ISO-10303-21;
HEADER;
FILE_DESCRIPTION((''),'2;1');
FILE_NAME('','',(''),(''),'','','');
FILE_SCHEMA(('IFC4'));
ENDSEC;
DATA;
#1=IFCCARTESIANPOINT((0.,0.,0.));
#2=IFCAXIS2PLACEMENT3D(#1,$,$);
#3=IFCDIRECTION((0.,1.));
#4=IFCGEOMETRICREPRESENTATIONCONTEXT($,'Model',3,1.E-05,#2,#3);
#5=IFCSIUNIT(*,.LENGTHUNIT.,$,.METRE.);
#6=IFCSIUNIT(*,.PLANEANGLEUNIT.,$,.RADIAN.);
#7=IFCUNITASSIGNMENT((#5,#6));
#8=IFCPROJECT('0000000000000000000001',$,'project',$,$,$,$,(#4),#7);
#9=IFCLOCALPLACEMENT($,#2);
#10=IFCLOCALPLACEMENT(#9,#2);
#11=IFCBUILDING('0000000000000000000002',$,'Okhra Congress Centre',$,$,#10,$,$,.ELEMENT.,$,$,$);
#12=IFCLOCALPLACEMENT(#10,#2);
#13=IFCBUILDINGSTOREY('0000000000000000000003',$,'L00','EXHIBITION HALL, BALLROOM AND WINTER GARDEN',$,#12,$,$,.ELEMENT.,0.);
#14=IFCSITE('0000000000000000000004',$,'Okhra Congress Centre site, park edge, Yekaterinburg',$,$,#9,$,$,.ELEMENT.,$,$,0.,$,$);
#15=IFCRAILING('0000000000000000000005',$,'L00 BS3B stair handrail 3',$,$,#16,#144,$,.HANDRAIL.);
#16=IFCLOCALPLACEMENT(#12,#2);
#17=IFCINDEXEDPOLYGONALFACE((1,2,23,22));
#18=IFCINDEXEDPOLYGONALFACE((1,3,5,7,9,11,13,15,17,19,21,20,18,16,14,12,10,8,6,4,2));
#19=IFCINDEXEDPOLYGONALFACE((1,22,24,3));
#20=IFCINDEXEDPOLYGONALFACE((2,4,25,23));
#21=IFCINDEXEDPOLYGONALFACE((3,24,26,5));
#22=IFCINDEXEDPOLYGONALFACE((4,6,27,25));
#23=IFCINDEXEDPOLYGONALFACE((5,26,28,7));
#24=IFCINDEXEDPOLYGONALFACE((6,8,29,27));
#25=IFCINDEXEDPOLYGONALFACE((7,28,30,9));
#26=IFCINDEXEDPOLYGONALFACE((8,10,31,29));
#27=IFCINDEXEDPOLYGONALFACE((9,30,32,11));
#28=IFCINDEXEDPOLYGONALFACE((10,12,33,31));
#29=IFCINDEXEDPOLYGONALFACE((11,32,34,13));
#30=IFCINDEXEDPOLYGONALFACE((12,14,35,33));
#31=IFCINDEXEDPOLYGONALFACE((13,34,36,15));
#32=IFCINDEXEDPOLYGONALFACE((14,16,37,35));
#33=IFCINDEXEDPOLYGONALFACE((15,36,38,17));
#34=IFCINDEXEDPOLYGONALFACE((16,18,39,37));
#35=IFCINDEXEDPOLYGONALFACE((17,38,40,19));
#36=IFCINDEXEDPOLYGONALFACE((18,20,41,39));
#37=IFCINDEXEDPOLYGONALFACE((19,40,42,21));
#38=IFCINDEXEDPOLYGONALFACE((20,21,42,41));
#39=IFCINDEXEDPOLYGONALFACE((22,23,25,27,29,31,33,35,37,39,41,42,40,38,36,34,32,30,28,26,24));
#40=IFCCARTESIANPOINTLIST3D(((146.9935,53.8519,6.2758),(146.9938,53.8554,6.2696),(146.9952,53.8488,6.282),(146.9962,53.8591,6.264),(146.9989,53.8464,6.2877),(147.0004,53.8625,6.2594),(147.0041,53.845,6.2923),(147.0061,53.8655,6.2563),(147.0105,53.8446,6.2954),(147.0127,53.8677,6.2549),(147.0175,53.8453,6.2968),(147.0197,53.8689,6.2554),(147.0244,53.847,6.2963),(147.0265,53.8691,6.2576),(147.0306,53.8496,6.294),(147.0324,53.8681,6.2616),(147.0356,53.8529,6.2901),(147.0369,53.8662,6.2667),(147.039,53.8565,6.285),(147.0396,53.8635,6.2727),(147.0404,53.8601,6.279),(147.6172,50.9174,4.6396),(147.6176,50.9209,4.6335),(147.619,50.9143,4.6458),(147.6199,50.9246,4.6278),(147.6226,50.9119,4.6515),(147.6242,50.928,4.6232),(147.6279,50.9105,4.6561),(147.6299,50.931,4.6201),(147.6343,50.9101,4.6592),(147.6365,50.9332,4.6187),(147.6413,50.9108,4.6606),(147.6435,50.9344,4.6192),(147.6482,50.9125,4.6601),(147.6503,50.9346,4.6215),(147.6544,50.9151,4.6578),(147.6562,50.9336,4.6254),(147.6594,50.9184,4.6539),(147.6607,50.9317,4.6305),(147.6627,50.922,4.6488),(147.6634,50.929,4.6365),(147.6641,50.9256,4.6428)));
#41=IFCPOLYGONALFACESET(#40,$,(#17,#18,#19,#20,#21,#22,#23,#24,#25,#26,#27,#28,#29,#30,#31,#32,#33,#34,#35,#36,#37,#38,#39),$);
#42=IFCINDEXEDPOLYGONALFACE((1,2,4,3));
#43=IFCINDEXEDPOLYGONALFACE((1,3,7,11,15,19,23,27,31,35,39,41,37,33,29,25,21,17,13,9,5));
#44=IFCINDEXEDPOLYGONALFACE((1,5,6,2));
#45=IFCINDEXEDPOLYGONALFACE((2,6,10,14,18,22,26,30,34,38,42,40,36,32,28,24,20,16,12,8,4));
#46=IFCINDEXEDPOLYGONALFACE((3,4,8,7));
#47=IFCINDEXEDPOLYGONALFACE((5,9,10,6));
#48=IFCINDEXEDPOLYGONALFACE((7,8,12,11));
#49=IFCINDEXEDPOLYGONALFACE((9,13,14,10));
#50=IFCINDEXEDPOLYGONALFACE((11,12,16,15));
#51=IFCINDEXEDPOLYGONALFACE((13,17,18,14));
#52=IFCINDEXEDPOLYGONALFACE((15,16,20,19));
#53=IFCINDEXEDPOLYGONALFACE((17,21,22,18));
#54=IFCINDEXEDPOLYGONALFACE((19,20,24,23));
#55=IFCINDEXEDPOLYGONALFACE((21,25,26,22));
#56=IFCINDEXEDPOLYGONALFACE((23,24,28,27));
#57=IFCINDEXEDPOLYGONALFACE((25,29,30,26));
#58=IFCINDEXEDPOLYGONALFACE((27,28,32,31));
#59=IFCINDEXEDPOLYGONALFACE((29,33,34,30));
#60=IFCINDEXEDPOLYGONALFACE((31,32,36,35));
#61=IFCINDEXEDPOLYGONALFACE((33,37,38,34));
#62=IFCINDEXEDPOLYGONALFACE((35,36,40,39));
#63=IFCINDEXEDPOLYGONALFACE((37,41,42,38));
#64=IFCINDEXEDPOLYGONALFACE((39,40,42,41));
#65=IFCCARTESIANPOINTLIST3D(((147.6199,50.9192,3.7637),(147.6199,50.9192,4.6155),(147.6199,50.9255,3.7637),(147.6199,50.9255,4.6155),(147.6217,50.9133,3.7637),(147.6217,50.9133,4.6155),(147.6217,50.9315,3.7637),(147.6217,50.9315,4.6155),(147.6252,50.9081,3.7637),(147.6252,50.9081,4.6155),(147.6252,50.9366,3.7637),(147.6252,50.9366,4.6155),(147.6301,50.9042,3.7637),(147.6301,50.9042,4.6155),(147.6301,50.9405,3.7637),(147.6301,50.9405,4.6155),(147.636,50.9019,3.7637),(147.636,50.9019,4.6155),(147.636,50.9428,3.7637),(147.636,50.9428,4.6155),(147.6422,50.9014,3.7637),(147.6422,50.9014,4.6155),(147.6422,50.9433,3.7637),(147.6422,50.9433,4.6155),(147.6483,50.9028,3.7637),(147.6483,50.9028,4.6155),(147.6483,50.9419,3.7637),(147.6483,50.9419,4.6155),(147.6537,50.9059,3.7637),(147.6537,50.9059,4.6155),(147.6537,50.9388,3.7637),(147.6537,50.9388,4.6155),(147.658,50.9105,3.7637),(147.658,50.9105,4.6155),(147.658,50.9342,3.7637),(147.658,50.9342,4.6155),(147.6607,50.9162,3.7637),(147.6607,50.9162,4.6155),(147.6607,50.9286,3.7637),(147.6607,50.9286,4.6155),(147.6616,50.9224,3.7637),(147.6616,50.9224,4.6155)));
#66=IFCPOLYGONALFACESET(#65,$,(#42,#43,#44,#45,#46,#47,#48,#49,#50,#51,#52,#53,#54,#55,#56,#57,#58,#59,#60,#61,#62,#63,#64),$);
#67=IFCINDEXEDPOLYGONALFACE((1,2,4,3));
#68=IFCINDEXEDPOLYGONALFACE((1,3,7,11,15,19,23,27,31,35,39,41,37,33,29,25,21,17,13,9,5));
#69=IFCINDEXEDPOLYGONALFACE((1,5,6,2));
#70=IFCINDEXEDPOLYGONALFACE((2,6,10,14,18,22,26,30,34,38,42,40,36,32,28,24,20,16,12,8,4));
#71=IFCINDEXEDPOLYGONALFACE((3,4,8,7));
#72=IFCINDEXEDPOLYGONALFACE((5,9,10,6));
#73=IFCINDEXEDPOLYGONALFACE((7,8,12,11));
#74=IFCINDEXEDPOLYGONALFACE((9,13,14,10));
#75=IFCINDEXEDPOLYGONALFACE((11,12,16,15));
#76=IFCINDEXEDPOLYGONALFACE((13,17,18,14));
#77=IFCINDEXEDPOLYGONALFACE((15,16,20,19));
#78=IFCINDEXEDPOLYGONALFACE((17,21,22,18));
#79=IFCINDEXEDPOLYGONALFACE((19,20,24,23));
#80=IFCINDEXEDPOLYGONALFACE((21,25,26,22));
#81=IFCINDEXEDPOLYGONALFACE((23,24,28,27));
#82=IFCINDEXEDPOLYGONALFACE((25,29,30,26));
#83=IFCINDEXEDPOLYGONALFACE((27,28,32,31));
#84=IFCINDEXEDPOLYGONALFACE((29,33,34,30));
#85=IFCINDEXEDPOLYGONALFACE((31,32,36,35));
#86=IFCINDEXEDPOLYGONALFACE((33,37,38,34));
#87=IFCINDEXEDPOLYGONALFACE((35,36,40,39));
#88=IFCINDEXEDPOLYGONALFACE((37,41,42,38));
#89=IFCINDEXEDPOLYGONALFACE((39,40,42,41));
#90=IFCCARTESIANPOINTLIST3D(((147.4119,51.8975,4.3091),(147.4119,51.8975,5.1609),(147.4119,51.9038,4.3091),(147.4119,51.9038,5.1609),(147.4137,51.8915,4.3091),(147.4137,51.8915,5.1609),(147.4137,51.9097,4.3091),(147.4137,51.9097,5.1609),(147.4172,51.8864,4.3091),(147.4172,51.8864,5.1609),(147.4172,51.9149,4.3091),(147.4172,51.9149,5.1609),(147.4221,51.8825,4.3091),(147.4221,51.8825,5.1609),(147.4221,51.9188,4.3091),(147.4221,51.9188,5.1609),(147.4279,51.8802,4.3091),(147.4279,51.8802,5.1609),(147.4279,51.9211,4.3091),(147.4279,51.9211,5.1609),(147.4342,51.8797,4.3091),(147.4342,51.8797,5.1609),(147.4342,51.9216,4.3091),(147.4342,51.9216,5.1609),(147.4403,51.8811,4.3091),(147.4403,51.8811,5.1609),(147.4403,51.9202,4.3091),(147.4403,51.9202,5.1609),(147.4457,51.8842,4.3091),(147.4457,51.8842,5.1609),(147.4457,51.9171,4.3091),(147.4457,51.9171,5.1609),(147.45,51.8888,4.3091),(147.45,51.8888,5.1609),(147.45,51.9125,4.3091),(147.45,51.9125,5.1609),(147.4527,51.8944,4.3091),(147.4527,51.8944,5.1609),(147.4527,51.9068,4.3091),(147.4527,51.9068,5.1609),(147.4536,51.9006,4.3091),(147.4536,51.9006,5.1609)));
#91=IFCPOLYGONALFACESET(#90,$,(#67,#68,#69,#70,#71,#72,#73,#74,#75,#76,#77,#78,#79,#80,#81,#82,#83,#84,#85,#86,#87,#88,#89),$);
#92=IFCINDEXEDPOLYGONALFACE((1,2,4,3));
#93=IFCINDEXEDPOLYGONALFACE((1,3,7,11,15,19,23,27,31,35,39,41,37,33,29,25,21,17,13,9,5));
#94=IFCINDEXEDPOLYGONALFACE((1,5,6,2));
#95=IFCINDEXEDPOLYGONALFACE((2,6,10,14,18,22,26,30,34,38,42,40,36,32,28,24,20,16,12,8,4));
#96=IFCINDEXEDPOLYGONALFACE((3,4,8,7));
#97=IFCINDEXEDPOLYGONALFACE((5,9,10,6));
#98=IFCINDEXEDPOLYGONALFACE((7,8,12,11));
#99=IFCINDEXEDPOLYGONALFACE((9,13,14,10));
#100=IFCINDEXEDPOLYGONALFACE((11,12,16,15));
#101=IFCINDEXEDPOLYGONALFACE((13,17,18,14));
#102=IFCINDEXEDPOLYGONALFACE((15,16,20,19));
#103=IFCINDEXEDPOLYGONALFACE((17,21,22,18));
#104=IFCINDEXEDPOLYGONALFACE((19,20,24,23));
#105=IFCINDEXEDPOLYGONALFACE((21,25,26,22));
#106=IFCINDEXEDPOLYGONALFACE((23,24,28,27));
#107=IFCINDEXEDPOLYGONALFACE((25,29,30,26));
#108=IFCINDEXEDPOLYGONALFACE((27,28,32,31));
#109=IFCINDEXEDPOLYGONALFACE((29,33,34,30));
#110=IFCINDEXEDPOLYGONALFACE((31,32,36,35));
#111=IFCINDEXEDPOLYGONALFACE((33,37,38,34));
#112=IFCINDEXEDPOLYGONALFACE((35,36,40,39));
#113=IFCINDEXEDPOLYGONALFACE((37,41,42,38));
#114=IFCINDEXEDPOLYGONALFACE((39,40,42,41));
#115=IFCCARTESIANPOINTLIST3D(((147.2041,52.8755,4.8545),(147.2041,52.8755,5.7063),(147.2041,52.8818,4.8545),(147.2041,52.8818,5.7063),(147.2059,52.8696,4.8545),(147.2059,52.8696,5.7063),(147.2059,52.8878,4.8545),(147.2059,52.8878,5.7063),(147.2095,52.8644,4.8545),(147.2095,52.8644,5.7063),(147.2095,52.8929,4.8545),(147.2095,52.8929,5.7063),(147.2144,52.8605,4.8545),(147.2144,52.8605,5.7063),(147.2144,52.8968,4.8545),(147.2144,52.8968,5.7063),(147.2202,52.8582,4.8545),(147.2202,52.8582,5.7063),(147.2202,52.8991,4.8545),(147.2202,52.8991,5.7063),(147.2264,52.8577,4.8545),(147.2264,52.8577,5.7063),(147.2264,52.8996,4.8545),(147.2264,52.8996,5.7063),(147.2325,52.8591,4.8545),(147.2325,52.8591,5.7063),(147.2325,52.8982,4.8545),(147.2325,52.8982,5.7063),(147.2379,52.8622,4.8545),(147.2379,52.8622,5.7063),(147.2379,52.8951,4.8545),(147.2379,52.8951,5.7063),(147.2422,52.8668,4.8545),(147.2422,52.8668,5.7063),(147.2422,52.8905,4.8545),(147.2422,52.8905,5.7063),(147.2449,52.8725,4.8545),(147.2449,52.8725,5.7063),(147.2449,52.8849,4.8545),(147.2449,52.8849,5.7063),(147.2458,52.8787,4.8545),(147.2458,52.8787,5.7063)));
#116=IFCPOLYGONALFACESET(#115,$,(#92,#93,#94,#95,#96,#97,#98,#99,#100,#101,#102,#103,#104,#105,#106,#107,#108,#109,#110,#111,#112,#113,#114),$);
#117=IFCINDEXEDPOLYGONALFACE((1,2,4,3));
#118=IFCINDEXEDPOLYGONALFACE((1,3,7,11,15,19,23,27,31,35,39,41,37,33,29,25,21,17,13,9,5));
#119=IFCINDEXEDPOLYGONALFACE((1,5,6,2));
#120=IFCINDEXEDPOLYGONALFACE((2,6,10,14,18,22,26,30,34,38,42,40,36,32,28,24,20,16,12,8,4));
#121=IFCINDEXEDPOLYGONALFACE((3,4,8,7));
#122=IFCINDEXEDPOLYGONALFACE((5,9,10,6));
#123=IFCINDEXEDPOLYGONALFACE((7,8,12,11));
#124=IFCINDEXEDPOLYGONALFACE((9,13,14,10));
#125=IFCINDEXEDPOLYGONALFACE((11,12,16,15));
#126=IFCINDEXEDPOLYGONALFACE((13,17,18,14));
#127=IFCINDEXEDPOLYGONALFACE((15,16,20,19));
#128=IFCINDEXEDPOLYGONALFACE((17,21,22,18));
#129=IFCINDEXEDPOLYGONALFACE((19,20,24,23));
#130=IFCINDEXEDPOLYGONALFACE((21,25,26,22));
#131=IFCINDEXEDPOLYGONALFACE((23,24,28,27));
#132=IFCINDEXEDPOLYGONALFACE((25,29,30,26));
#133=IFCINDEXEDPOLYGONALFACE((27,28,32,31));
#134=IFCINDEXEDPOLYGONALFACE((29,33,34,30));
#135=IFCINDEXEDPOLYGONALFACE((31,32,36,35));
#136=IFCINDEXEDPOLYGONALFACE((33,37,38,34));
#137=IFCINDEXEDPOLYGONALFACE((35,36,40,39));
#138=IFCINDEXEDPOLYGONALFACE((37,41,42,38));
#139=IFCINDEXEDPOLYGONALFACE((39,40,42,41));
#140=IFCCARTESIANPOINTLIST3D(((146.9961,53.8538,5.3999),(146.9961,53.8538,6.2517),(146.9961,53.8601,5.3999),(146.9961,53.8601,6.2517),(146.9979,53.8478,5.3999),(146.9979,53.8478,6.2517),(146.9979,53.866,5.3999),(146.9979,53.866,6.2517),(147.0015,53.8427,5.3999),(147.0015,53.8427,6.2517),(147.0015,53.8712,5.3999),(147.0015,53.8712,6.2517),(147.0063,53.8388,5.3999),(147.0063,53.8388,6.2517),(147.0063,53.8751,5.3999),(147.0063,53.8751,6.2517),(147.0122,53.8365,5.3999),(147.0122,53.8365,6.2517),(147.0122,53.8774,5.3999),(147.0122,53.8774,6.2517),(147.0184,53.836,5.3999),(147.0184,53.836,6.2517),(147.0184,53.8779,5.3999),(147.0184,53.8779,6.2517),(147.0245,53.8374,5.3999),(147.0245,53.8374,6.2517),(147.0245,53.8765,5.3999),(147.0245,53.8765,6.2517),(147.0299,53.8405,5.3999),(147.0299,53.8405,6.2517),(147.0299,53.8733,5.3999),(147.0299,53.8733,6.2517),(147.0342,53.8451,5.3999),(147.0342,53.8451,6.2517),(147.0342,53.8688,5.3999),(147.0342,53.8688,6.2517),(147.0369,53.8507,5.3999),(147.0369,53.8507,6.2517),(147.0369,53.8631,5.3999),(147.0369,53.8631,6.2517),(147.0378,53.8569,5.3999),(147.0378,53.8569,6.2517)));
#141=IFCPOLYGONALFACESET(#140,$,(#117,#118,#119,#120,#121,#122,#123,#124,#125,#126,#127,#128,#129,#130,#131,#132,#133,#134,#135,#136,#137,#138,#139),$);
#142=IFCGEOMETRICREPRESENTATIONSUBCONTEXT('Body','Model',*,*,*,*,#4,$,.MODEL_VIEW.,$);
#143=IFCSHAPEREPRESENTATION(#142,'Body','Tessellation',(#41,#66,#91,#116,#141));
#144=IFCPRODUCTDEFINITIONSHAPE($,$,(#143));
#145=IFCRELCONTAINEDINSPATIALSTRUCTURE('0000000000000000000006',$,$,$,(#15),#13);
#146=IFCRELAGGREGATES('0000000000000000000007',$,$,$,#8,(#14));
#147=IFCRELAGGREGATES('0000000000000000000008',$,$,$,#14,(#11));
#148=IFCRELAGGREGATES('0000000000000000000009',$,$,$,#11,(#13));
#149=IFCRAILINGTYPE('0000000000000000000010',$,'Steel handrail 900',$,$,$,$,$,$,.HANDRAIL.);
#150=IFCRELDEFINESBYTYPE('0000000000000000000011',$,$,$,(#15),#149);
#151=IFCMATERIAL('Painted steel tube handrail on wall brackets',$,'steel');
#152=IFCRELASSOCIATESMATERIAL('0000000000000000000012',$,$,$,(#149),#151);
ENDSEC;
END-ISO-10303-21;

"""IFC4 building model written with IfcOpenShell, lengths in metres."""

from ifc_helpers import new_model, si_unit, direction, frame, origin, origin_2d, place, context, subcontext, project, spatial, circle, extrude, material, type_object, element, save


model = new_model("IFC4")

# Units and contexts
model_context = context("Model", 3, precision=1e-05, world=origin(), true_north=direction((0.0, 1.0)))
body_context = subcontext(model_context, "Body", "Model", "MODEL_VIEW")
ifc_project = project(units=[si_unit("LENGTHUNIT", "METRE"), si_unit("PLANEANGLEUNIT", "RADIAN")], contexts=[model_context])

# Site, building, storey
site_placement = place(None, origin())
site = spatial("IfcSite", under=ifc_project, at=site_placement, Name="Okhra Congress Centre site, park edge, Yekaterinburg", CompositionType="ELEMENT", RefElevation=0.0)
building_placement = place(site_placement, origin())
building = spatial("IfcBuilding", under=site, at=building_placement, Name="Okhra Congress Centre", CompositionType="ELEMENT")
storey_placement = place(building_placement, origin())
storey = spatial("IfcBuildingStorey", under=building, at=storey_placement, Name="L00", Description="EXHIBITION HALL, BALLROOM AND WINTER GARDEN", CompositionType="ELEMENT", Elevation=0.0)

# Railing
ifc_material_1 = material(Name="Painted steel tube handrail on wall brackets", Category="steel")
railing_type_1 = type_object("IfcRailingType", Name="Steel handrail 900", PredefinedType="HANDRAIL", material=ifc_material_1)
railing_1_placement = place(storey_placement, frame((147.6406, 50.9224, 3.7637)))
element("IfcRailing", 1, at=railing_1_placement, inside=storey, type_object=railing_type_1, Name="L00 BS3B stair handrail 3", PredefinedType="HANDRAIL", context=body_context, shape_type="SweptSolid", body=[
    extrude(circle(Radius=0.0239, at=origin_2d()), frame((0.0, 0.0, 0.876), z_axis=(-0.182535, 0.858735, 0.478806), x_axis=(-0.978146, -0.207917, 0.0)), (0.0, 0.0, 1.0), 3.4172),
    extrude(circle(Radius=0.021, at=origin_2d()), origin(), (0.0, 0.0, 1.0), 0.8518),
    extrude(circle(Radius=0.021, at=origin_2d()), frame((-0.208, 0.9783, 0.5454)), (0.0, 0.0, 1.0), 0.8518),
    extrude(circle(Radius=0.021, at=origin_2d()), frame((-0.4158, 1.9563, 1.0908)), (0.0, 0.0, 1.0), 0.8518),
    extrude(circle(Radius=0.021, at=origin_2d()), frame((-0.6238, 2.9346, 1.6362)), (0.0, 0.0, 1.0), 0.8518),
])

save(model, "model.ifc")
